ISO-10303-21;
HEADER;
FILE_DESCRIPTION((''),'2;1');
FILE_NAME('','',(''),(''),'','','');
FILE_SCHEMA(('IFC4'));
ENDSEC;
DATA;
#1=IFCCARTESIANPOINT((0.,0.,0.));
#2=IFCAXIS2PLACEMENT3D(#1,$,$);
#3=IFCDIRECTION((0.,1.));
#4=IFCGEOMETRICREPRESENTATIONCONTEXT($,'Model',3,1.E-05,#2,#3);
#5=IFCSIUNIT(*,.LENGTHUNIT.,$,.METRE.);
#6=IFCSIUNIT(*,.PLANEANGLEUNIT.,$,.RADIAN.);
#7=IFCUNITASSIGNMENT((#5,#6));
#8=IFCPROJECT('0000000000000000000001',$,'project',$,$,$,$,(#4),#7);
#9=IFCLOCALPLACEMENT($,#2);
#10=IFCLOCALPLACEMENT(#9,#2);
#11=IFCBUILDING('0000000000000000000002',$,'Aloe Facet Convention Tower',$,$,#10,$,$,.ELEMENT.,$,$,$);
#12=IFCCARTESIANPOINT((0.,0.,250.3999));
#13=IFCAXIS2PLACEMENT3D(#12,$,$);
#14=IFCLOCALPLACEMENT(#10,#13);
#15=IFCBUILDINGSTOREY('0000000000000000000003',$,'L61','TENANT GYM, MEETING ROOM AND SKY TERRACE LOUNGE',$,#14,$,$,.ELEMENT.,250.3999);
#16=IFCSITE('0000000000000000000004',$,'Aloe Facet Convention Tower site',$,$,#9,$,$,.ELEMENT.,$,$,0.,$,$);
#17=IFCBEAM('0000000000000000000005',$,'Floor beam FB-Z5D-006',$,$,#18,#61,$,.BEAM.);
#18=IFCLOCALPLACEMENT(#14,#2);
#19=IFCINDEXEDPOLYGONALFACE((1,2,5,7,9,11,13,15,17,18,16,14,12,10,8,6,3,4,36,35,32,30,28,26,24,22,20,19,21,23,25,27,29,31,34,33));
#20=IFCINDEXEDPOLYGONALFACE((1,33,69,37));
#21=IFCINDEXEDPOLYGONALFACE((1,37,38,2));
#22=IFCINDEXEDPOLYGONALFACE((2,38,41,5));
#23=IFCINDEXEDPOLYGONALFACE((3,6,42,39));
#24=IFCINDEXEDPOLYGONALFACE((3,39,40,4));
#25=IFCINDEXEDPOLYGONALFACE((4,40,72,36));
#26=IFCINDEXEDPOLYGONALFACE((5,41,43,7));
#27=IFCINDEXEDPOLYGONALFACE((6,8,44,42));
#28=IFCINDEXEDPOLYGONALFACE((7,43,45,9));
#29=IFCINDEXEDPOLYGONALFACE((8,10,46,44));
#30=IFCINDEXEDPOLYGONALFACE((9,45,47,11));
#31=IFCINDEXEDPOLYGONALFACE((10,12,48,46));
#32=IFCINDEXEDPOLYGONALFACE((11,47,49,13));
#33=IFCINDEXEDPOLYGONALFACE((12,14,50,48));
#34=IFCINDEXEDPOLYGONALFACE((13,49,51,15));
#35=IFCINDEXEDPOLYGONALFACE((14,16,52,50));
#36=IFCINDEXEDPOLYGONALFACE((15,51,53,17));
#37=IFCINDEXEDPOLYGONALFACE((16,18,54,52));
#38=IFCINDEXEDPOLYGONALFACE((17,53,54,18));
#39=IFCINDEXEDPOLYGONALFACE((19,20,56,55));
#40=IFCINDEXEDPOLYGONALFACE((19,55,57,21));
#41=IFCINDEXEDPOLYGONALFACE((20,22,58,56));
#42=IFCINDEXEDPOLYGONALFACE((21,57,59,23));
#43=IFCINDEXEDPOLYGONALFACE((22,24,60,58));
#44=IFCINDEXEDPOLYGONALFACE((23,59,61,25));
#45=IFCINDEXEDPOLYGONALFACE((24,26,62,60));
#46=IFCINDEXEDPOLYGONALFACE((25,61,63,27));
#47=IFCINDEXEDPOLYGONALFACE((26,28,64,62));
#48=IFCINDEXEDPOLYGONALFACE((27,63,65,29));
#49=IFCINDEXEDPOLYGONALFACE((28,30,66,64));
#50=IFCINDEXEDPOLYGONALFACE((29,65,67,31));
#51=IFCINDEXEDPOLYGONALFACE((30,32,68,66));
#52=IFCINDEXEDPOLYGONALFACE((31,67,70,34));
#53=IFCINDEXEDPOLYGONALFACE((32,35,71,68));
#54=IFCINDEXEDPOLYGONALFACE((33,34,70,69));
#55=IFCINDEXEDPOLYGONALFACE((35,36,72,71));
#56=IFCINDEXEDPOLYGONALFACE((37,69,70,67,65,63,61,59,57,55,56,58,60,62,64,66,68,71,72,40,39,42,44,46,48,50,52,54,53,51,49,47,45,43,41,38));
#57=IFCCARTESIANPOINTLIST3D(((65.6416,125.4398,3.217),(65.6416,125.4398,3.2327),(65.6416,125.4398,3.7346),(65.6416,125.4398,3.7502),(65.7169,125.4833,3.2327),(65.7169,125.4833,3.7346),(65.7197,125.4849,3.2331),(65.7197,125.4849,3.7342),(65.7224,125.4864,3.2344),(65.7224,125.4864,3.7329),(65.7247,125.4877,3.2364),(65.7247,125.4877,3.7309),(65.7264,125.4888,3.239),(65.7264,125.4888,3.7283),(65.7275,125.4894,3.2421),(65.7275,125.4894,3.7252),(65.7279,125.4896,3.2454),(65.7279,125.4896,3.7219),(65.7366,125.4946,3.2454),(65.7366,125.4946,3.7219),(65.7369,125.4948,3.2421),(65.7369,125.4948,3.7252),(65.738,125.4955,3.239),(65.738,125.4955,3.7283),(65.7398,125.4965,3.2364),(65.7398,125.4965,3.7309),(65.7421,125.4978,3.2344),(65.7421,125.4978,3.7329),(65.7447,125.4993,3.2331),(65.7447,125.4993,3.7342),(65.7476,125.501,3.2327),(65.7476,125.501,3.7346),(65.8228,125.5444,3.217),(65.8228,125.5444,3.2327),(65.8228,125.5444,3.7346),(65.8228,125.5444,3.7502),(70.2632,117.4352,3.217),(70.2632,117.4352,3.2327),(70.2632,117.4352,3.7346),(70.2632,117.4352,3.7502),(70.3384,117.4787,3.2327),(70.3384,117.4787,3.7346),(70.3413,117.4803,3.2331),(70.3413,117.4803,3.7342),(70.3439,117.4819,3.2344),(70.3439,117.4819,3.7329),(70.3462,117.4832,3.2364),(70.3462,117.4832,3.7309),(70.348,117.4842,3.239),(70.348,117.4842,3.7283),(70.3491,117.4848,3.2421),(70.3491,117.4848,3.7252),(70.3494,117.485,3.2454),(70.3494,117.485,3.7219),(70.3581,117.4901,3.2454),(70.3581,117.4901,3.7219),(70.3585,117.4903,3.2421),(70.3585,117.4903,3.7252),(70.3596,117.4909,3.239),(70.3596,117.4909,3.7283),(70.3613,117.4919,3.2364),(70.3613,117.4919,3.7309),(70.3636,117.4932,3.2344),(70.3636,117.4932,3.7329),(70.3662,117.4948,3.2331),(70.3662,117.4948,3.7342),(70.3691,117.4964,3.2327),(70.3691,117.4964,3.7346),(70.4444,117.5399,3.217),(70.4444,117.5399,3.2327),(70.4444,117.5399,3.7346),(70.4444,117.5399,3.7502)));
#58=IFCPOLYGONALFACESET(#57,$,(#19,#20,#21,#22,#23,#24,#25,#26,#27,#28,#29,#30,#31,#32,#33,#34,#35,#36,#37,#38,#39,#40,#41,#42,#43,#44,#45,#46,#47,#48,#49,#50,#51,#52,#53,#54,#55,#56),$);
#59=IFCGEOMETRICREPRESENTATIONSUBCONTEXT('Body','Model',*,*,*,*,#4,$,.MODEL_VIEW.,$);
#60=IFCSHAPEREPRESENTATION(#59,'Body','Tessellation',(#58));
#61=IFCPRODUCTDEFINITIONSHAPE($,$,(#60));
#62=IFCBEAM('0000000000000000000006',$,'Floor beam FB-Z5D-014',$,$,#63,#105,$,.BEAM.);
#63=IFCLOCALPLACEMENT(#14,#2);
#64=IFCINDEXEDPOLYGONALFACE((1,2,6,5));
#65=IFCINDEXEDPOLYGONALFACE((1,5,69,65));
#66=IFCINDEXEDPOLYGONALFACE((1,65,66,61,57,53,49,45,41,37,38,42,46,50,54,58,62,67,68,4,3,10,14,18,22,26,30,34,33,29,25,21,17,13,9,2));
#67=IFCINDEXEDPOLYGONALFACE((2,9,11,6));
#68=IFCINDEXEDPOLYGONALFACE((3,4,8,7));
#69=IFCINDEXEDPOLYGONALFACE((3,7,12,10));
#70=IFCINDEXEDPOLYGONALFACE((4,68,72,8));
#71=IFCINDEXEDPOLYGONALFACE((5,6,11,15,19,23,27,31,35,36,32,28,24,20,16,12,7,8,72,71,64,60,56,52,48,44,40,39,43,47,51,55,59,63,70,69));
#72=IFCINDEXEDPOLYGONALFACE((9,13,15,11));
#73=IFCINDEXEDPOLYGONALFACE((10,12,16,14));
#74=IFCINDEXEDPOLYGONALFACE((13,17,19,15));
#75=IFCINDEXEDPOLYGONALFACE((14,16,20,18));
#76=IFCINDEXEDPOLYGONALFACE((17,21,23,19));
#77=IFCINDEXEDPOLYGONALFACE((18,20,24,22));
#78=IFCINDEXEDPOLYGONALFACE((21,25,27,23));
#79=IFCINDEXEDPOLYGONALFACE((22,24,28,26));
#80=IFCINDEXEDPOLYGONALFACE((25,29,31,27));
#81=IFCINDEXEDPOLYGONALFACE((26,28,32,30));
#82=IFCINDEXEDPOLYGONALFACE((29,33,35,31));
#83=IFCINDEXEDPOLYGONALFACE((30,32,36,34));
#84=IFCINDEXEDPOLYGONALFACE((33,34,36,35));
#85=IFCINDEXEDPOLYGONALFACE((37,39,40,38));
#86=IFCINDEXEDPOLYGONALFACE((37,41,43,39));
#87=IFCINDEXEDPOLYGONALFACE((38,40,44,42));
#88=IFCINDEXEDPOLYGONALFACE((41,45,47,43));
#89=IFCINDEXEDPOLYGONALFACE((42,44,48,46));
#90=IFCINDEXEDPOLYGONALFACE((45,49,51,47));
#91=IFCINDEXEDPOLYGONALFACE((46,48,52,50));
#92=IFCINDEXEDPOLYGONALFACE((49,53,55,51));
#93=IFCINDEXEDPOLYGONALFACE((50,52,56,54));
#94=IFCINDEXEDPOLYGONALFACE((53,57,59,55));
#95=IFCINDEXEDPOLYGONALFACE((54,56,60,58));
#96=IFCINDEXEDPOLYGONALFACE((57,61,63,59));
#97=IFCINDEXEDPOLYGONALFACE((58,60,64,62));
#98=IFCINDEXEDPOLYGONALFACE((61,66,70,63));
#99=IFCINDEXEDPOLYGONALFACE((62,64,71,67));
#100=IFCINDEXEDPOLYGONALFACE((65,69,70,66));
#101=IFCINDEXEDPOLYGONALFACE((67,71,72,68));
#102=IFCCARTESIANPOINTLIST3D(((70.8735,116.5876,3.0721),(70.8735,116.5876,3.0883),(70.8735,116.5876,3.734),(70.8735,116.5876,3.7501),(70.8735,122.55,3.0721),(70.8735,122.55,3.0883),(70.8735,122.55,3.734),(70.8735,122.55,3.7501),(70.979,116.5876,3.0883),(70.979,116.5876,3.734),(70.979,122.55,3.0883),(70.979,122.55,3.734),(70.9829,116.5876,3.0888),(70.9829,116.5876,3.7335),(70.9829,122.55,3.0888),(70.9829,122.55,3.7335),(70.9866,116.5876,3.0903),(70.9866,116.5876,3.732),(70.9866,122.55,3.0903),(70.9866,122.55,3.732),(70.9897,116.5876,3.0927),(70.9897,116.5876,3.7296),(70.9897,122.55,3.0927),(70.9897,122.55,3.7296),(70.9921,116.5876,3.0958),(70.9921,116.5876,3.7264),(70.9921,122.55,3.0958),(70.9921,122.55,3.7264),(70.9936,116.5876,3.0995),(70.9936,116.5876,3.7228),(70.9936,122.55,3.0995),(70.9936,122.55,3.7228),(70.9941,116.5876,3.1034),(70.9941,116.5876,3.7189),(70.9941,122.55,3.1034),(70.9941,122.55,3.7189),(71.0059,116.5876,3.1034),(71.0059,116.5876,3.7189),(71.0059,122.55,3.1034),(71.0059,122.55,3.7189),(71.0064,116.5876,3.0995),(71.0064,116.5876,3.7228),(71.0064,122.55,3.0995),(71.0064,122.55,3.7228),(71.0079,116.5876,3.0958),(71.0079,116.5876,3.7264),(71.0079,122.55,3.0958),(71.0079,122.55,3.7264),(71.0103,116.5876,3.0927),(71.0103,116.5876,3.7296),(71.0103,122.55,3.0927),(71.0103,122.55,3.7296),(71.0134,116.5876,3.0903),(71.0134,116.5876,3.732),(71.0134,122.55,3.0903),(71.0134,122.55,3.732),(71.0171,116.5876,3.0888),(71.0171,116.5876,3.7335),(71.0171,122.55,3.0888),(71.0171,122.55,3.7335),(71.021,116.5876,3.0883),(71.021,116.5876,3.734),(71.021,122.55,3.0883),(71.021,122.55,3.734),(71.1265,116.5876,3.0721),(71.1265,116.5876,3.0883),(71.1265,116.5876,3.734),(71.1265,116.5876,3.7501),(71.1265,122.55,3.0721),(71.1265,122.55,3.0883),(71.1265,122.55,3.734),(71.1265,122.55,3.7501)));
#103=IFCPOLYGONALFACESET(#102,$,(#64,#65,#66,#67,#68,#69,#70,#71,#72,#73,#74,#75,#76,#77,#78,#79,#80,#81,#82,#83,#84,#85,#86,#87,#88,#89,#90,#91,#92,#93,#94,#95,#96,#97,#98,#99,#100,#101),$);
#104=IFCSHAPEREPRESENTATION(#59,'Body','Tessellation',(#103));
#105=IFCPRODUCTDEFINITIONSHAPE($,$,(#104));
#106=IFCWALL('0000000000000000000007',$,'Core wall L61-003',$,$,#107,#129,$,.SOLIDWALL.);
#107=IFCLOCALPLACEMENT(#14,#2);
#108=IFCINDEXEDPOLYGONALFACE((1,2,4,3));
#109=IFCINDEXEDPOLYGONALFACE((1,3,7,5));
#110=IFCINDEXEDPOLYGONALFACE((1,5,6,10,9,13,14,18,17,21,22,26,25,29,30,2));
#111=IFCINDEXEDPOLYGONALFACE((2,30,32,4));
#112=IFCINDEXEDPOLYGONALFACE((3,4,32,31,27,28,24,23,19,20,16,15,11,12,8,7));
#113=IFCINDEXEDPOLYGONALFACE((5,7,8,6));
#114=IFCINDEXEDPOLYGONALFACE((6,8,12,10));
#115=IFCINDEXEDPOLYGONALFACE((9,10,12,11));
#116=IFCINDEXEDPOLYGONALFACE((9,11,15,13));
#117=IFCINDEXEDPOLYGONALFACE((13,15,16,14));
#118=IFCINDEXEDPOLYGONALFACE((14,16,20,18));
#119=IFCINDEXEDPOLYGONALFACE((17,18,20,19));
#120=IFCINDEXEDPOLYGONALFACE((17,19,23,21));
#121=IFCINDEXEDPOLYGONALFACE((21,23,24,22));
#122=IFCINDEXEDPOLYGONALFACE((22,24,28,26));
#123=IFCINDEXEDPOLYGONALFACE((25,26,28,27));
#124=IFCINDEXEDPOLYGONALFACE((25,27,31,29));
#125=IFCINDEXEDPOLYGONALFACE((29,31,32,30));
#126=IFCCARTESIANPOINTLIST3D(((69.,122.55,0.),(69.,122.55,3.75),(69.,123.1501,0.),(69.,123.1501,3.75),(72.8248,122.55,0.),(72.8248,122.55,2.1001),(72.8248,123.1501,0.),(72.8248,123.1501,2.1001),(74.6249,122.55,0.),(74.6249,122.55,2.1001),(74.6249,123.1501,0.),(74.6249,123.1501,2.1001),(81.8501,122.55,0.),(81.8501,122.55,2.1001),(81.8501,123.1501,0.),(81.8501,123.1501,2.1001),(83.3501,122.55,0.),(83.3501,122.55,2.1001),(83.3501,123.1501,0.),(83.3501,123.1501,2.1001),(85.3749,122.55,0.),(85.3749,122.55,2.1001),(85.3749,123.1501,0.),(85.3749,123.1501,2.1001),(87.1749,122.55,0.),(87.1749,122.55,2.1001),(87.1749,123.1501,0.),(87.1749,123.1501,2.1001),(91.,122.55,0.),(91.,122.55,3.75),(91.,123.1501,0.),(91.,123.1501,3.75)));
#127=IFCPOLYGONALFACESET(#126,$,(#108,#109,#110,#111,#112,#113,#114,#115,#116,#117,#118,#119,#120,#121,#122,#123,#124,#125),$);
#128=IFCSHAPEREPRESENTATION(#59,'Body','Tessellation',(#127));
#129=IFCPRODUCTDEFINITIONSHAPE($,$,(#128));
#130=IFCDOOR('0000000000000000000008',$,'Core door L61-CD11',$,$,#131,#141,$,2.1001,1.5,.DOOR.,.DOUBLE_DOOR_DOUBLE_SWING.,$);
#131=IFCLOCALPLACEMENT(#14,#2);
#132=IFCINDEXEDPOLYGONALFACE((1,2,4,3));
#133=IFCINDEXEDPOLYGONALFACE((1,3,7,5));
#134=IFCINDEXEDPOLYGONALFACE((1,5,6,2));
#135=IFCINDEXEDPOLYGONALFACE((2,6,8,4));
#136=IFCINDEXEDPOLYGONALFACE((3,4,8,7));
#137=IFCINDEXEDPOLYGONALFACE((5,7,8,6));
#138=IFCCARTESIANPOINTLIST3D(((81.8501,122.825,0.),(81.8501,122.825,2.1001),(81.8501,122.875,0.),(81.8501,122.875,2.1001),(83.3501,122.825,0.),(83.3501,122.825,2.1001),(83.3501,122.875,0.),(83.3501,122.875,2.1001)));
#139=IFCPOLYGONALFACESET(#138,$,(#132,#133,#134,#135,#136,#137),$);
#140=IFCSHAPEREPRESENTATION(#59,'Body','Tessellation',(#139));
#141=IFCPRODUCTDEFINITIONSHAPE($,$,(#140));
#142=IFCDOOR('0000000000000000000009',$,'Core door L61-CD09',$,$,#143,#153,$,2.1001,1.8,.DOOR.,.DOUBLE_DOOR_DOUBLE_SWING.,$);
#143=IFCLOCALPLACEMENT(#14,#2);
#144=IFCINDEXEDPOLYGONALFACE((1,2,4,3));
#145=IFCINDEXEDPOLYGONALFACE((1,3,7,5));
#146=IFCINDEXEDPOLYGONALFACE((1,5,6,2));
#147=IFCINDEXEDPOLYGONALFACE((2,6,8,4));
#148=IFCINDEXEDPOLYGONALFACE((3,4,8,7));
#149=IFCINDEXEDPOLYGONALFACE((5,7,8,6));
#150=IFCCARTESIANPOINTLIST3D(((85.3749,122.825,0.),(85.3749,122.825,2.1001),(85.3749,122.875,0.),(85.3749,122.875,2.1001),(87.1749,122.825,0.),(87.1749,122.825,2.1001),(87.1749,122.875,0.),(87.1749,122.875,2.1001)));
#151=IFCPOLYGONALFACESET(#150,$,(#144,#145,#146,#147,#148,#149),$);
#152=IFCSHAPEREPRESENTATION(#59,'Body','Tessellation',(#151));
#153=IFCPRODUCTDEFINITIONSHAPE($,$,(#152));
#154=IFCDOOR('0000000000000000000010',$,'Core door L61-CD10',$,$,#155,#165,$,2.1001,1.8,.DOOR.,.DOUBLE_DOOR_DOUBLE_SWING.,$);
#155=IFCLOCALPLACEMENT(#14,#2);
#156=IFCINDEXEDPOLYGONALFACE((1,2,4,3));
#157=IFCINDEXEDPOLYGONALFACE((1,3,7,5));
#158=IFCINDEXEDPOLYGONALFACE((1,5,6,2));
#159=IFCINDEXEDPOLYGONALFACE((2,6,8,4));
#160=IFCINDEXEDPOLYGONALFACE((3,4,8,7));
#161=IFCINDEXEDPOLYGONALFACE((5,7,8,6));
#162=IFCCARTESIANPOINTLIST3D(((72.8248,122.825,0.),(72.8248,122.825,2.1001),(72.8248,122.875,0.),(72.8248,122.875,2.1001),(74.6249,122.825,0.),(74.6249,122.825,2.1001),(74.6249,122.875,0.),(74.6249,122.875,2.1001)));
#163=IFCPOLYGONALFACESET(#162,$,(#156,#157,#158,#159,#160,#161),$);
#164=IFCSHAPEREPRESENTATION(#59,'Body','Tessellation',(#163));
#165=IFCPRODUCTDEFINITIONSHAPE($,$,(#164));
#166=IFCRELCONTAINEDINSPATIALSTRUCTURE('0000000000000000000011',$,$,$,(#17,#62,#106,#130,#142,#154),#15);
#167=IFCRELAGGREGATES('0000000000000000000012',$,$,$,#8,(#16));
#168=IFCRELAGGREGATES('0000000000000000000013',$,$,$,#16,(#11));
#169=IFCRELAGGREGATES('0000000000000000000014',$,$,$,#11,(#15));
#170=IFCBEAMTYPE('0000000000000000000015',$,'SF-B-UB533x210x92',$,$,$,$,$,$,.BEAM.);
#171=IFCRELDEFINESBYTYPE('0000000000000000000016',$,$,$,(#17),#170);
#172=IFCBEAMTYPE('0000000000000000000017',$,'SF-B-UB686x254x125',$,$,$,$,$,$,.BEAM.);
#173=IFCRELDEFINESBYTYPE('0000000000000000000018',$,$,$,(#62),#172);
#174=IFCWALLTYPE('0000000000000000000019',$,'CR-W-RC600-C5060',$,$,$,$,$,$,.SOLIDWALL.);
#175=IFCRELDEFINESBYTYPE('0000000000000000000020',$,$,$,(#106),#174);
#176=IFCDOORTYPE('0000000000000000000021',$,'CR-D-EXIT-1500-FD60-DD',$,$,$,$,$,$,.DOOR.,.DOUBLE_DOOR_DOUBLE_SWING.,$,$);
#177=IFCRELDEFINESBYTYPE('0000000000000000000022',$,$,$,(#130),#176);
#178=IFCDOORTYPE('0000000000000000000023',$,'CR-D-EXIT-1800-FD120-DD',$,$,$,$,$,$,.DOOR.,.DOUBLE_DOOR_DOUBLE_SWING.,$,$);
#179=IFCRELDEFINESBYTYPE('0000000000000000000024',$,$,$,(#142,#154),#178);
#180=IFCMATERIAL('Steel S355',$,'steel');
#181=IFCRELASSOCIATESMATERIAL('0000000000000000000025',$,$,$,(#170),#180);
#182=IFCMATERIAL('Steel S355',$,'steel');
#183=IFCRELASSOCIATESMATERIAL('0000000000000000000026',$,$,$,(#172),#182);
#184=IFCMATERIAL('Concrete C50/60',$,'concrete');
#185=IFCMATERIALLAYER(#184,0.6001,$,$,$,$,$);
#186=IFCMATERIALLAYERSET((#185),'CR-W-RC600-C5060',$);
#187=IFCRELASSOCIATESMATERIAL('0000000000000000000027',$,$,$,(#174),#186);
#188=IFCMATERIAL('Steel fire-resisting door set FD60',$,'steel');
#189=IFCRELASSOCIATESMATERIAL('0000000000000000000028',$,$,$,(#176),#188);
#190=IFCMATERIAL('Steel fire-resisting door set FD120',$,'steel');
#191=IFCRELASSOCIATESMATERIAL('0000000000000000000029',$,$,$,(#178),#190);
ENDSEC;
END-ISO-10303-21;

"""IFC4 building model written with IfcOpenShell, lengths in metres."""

from ifc_helpers import new_model, si_unit, direction, frame, frame_2d, origin, origin_2d, place, context, subcontext, project, spatial, rectangle, i_section, extrude, material, layer, layer_set, material_profile, profile_set, type_object, element, fill, save


model = new_model("IFC4")

# Units and contexts
model_context = context("Model", 3, precision=1e-05, world=origin(), true_north=direction((0.0, 1.0)))
body_context = subcontext(model_context, "Body", "Model", "MODEL_VIEW")
ifc_project = project(units=[si_unit("LENGTHUNIT", "METRE"), si_unit("PLANEANGLEUNIT", "RADIAN")], contexts=[model_context])

# Site, building, storey
site_placement = place(None, origin())
site = spatial("IfcSite", under=ifc_project, at=site_placement, Name="Aloe Facet Convention Tower site", CompositionType="ELEMENT", RefElevation=0.0)
building_placement = place(site_placement, origin())
building = spatial("IfcBuilding", under=site, at=building_placement, Name="Aloe Facet Convention Tower", CompositionType="ELEMENT")
storey_placement = place(building_placement, frame((0.0, 0.0, 250.3999)))
storey = spatial("IfcBuildingStorey", under=building, at=storey_placement, Name="L61", Description="TENANT GYM, MEETING ROOM AND SKY TERRACE LOUNGE", CompositionType="ELEMENT", Elevation=250.3999)

# Beams
ifc_material_1 = material(Name="Steel S355", Category="steel")
ifc_material_profile_1 = material_profile(ifc_material_1, i_section(OverallWidth=0.2092, OverallDepth=0.5332, WebThickness=0.01, FlangeThickness=0.0156, FilletRadius=0.0127, at=origin_2d()), Name="UB 533x210x92")
ifc_profile_set_1 = profile_set([ifc_material_profile_1], Name="Steel S355")
beam_type_1 = type_object("IfcBeamType", Name="SF-B-UB533x210x92", PredefinedType="BEAM", material=ifc_profile_set_1)
beam_1_placement = place(storey_placement, frame((70.3538, 117.4875, 3.4836), z_axis=(-0.500008, 0.866021, 0.0), x_axis=(-0.866021, -0.500008, 0.0)))
element("IfcBeam", 1, at=beam_1_placement, inside=storey, type_object=beam_type_1, Name="Floor beam FB-Z5D-006", PredefinedType="BEAM", context=body_context, shape_type="SweptSolid", body=[
    extrude(i_section(OverallWidth=0.2092, OverallDepth=0.5332, WebThickness=0.01, FlangeThickness=0.0156, FilletRadius=0.0127, at=origin_2d()), origin(), (0.0, 0.0, 1.0), 9.2429),
])
ifc_material_2 = material(Name="Steel S355", Category="steel")
ifc_material_profile_2 = material_profile(ifc_material_2, i_section(OverallWidth=0.2529, OverallDepth=0.678, WebThickness=0.0117, FlangeThickness=0.0161, FilletRadius=0.0151, at=origin_2d()), Name="UB 686x254x125")
ifc_profile_set_2 = profile_set([ifc_material_profile_2], Name="Steel S355")
beam_type_2 = type_object("IfcBeamType", Name="SF-B-UB686x254x125", PredefinedType="BEAM", material=ifc_profile_set_2)
beam_2_placement = place(storey_placement, frame((71.0, 122.55, 3.4111), z_axis=(0.0, -1.0, 0.0), x_axis=(1.0, 0.0, 0.0)))
element("IfcBeam", 2, at=beam_2_placement, inside=storey, type_object=beam_type_2, Name="Floor beam FB-Z5D-014", PredefinedType="BEAM", context=body_context, shape_type="SweptSolid", body=[
    extrude(i_section(OverallWidth=0.2529, OverallDepth=0.678, WebThickness=0.0117, FlangeThickness=0.0161, FilletRadius=0.0151, at=origin_2d()), origin(), (0.0, 0.0, 1.0), 5.9624),
])

# Wall, openings, doors
ifc_material_3 = material(Name="Concrete C50/60", Category="concrete")
ifc_layer_1 = layer(ifc_material_3, 0.6001)
ifc_layer_set_1 = layer_set([ifc_layer_1], Name="CR-W-RC600-C5060")
wall_type_1 = type_object("IfcWallType", Name="CR-W-RC600-C5060", PredefinedType="SOLIDWALL", material=ifc_layer_set_1)
wall_1_placement = place(storey_placement, frame((69.0, 122.8501, 0.0), z_axis=(0.0, 0.0, 1.0), x_axis=(1.0, 0.0, 0.0)))
wall_1 = element("IfcWall", 3, at=wall_1_placement, inside=storey, type_object=wall_type_1, Name="Core wall L61-003", PredefinedType="SOLIDWALL", context=body_context, shape_type="SweptSolid", body=[
    extrude(rectangle(XDim=22.0, YDim=0.6001, at=frame_2d((11.0, 0.0))), origin(), (0.0, 0.0, 1.0), 3.75),
])
opening_1_placement = place(wall_1_placement, frame((16.375, 0.0, 0.0)))
opening_1 = element("IfcOpeningElement", 4, at=opening_1_placement, cuts=wall_1, PredefinedType="OPENING", context=body_context, shape_type="SweptSolid", body=[
    extrude(rectangle(XDim=1.8, YDim=2.1001, at=frame_2d((0.8999, 1.05))), frame((0.0, 0.3101, 0.0), z_axis=(0.0, -1.0, 0.0), x_axis=(1.0, 0.0, 0.0)), (0.0, 0.0, 1.0), 0.6201),
])
opening_2_placement = place(wall_1_placement, frame((3.825, 0.0, 0.0)))
opening_2 = element("IfcOpeningElement", 5, at=opening_2_placement, cuts=wall_1, PredefinedType="OPENING", context=body_context, shape_type="SweptSolid", body=[
    extrude(rectangle(XDim=1.8, YDim=2.1001, at=frame_2d((0.8999, 1.05))), frame((0.0, 0.3101, 0.0), z_axis=(0.0, -1.0, 0.0), x_axis=(1.0, 0.0, 0.0)), (0.0, 0.0, 1.0), 0.6201),
])
opening_3_placement = place(wall_1_placement, frame((12.8501, 0.0, 0.0)))
opening_3 = element("IfcOpeningElement", 6, at=opening_3_placement, cuts=wall_1, PredefinedType="OPENING", context=body_context, shape_type="SweptSolid", body=[
    extrude(rectangle(XDim=1.5, YDim=2.1001, at=frame_2d((0.75, 1.05))), frame((0.0, 0.3101, 0.0), z_axis=(0.0, -1.0, 0.0), x_axis=(1.0, 0.0, 0.0)), (0.0, 0.0, 1.0), 0.6201),
])
ifc_material_4 = material(Name="Steel fire-resisting door set FD60", Category="steel")
door_type_1 = type_object("IfcDoorType", Name="CR-D-EXIT-1500-FD60-DD", OperationType="DOUBLE_DOOR_DOUBLE_SWING", PredefinedType="DOOR", material=ifc_material_4)
door_1_placement = place(opening_3_placement, origin())
door_1 = element("IfcDoor", 7, at=door_1_placement, inside=storey, type_object=door_type_1, Name="Core door L61-CD11", OperationType="DOUBLE_DOOR_DOUBLE_SWING", OverallHeight=2.1001, OverallWidth=1.5, PredefinedType="DOOR", context=body_context, shape_type="SweptSolid", body=[
    extrude(rectangle(XDim=1.5, YDim=2.1001, at=frame_2d((0.75, 1.05))), frame((0.0, 0.0249, 0.0), z_axis=(0.0, -1.0, 0.0), x_axis=(1.0, 0.0, 0.0)), (0.0, 0.0, 1.0), 0.05),
])
fill(opening_3, door_1)
ifc_material_5 = material(Name="Steel fire-resisting door set FD120", Category="steel")
door_type_2 = type_object("IfcDoorType", Name="CR-D-EXIT-1800-FD120-DD", OperationType="DOUBLE_DOOR_DOUBLE_SWING", PredefinedType="DOOR", material=ifc_material_5)
door_2_placement = place(opening_1_placement, origin())
door_2 = element("IfcDoor", 8, at=door_2_placement, inside=storey, type_object=door_type_2, Name="Core door L61-CD09", OperationType="DOUBLE_DOOR_DOUBLE_SWING", OverallHeight=2.1001, OverallWidth=1.8, PredefinedType="DOOR", context=body_context, shape_type="SweptSolid", body=[
    extrude(rectangle(XDim=1.8, YDim=2.1001, at=frame_2d((0.8999, 1.05))), frame((0.0, 0.0249, 0.0), z_axis=(0.0, -1.0, 0.0), x_axis=(1.0, 0.0, 0.0)), (0.0, 0.0, 1.0), 0.05),
])
fill(opening_1, door_2)
door_3_placement = place(opening_2_placement, origin())
door_3 = element("IfcDoor", 9, at=door_3_placement, inside=storey, type_object=door_type_2, Name="Core door L61-CD10", OperationType="DOUBLE_DOOR_DOUBLE_SWING", OverallHeight=2.1001, OverallWidth=1.8, PredefinedType="DOOR", context=body_context, shape_type="SweptSolid", body=[
    extrude(rectangle(XDim=1.8, YDim=2.1001, at=frame_2d((0.8999, 1.05))), frame((0.0, 0.0249, 0.0), z_axis=(0.0, -1.0, 0.0), x_axis=(1.0, 0.0, 0.0)), (0.0, 0.0, 1.0), 0.05),
])
fill(opening_2, door_3)

save(model, "model.ifc")
